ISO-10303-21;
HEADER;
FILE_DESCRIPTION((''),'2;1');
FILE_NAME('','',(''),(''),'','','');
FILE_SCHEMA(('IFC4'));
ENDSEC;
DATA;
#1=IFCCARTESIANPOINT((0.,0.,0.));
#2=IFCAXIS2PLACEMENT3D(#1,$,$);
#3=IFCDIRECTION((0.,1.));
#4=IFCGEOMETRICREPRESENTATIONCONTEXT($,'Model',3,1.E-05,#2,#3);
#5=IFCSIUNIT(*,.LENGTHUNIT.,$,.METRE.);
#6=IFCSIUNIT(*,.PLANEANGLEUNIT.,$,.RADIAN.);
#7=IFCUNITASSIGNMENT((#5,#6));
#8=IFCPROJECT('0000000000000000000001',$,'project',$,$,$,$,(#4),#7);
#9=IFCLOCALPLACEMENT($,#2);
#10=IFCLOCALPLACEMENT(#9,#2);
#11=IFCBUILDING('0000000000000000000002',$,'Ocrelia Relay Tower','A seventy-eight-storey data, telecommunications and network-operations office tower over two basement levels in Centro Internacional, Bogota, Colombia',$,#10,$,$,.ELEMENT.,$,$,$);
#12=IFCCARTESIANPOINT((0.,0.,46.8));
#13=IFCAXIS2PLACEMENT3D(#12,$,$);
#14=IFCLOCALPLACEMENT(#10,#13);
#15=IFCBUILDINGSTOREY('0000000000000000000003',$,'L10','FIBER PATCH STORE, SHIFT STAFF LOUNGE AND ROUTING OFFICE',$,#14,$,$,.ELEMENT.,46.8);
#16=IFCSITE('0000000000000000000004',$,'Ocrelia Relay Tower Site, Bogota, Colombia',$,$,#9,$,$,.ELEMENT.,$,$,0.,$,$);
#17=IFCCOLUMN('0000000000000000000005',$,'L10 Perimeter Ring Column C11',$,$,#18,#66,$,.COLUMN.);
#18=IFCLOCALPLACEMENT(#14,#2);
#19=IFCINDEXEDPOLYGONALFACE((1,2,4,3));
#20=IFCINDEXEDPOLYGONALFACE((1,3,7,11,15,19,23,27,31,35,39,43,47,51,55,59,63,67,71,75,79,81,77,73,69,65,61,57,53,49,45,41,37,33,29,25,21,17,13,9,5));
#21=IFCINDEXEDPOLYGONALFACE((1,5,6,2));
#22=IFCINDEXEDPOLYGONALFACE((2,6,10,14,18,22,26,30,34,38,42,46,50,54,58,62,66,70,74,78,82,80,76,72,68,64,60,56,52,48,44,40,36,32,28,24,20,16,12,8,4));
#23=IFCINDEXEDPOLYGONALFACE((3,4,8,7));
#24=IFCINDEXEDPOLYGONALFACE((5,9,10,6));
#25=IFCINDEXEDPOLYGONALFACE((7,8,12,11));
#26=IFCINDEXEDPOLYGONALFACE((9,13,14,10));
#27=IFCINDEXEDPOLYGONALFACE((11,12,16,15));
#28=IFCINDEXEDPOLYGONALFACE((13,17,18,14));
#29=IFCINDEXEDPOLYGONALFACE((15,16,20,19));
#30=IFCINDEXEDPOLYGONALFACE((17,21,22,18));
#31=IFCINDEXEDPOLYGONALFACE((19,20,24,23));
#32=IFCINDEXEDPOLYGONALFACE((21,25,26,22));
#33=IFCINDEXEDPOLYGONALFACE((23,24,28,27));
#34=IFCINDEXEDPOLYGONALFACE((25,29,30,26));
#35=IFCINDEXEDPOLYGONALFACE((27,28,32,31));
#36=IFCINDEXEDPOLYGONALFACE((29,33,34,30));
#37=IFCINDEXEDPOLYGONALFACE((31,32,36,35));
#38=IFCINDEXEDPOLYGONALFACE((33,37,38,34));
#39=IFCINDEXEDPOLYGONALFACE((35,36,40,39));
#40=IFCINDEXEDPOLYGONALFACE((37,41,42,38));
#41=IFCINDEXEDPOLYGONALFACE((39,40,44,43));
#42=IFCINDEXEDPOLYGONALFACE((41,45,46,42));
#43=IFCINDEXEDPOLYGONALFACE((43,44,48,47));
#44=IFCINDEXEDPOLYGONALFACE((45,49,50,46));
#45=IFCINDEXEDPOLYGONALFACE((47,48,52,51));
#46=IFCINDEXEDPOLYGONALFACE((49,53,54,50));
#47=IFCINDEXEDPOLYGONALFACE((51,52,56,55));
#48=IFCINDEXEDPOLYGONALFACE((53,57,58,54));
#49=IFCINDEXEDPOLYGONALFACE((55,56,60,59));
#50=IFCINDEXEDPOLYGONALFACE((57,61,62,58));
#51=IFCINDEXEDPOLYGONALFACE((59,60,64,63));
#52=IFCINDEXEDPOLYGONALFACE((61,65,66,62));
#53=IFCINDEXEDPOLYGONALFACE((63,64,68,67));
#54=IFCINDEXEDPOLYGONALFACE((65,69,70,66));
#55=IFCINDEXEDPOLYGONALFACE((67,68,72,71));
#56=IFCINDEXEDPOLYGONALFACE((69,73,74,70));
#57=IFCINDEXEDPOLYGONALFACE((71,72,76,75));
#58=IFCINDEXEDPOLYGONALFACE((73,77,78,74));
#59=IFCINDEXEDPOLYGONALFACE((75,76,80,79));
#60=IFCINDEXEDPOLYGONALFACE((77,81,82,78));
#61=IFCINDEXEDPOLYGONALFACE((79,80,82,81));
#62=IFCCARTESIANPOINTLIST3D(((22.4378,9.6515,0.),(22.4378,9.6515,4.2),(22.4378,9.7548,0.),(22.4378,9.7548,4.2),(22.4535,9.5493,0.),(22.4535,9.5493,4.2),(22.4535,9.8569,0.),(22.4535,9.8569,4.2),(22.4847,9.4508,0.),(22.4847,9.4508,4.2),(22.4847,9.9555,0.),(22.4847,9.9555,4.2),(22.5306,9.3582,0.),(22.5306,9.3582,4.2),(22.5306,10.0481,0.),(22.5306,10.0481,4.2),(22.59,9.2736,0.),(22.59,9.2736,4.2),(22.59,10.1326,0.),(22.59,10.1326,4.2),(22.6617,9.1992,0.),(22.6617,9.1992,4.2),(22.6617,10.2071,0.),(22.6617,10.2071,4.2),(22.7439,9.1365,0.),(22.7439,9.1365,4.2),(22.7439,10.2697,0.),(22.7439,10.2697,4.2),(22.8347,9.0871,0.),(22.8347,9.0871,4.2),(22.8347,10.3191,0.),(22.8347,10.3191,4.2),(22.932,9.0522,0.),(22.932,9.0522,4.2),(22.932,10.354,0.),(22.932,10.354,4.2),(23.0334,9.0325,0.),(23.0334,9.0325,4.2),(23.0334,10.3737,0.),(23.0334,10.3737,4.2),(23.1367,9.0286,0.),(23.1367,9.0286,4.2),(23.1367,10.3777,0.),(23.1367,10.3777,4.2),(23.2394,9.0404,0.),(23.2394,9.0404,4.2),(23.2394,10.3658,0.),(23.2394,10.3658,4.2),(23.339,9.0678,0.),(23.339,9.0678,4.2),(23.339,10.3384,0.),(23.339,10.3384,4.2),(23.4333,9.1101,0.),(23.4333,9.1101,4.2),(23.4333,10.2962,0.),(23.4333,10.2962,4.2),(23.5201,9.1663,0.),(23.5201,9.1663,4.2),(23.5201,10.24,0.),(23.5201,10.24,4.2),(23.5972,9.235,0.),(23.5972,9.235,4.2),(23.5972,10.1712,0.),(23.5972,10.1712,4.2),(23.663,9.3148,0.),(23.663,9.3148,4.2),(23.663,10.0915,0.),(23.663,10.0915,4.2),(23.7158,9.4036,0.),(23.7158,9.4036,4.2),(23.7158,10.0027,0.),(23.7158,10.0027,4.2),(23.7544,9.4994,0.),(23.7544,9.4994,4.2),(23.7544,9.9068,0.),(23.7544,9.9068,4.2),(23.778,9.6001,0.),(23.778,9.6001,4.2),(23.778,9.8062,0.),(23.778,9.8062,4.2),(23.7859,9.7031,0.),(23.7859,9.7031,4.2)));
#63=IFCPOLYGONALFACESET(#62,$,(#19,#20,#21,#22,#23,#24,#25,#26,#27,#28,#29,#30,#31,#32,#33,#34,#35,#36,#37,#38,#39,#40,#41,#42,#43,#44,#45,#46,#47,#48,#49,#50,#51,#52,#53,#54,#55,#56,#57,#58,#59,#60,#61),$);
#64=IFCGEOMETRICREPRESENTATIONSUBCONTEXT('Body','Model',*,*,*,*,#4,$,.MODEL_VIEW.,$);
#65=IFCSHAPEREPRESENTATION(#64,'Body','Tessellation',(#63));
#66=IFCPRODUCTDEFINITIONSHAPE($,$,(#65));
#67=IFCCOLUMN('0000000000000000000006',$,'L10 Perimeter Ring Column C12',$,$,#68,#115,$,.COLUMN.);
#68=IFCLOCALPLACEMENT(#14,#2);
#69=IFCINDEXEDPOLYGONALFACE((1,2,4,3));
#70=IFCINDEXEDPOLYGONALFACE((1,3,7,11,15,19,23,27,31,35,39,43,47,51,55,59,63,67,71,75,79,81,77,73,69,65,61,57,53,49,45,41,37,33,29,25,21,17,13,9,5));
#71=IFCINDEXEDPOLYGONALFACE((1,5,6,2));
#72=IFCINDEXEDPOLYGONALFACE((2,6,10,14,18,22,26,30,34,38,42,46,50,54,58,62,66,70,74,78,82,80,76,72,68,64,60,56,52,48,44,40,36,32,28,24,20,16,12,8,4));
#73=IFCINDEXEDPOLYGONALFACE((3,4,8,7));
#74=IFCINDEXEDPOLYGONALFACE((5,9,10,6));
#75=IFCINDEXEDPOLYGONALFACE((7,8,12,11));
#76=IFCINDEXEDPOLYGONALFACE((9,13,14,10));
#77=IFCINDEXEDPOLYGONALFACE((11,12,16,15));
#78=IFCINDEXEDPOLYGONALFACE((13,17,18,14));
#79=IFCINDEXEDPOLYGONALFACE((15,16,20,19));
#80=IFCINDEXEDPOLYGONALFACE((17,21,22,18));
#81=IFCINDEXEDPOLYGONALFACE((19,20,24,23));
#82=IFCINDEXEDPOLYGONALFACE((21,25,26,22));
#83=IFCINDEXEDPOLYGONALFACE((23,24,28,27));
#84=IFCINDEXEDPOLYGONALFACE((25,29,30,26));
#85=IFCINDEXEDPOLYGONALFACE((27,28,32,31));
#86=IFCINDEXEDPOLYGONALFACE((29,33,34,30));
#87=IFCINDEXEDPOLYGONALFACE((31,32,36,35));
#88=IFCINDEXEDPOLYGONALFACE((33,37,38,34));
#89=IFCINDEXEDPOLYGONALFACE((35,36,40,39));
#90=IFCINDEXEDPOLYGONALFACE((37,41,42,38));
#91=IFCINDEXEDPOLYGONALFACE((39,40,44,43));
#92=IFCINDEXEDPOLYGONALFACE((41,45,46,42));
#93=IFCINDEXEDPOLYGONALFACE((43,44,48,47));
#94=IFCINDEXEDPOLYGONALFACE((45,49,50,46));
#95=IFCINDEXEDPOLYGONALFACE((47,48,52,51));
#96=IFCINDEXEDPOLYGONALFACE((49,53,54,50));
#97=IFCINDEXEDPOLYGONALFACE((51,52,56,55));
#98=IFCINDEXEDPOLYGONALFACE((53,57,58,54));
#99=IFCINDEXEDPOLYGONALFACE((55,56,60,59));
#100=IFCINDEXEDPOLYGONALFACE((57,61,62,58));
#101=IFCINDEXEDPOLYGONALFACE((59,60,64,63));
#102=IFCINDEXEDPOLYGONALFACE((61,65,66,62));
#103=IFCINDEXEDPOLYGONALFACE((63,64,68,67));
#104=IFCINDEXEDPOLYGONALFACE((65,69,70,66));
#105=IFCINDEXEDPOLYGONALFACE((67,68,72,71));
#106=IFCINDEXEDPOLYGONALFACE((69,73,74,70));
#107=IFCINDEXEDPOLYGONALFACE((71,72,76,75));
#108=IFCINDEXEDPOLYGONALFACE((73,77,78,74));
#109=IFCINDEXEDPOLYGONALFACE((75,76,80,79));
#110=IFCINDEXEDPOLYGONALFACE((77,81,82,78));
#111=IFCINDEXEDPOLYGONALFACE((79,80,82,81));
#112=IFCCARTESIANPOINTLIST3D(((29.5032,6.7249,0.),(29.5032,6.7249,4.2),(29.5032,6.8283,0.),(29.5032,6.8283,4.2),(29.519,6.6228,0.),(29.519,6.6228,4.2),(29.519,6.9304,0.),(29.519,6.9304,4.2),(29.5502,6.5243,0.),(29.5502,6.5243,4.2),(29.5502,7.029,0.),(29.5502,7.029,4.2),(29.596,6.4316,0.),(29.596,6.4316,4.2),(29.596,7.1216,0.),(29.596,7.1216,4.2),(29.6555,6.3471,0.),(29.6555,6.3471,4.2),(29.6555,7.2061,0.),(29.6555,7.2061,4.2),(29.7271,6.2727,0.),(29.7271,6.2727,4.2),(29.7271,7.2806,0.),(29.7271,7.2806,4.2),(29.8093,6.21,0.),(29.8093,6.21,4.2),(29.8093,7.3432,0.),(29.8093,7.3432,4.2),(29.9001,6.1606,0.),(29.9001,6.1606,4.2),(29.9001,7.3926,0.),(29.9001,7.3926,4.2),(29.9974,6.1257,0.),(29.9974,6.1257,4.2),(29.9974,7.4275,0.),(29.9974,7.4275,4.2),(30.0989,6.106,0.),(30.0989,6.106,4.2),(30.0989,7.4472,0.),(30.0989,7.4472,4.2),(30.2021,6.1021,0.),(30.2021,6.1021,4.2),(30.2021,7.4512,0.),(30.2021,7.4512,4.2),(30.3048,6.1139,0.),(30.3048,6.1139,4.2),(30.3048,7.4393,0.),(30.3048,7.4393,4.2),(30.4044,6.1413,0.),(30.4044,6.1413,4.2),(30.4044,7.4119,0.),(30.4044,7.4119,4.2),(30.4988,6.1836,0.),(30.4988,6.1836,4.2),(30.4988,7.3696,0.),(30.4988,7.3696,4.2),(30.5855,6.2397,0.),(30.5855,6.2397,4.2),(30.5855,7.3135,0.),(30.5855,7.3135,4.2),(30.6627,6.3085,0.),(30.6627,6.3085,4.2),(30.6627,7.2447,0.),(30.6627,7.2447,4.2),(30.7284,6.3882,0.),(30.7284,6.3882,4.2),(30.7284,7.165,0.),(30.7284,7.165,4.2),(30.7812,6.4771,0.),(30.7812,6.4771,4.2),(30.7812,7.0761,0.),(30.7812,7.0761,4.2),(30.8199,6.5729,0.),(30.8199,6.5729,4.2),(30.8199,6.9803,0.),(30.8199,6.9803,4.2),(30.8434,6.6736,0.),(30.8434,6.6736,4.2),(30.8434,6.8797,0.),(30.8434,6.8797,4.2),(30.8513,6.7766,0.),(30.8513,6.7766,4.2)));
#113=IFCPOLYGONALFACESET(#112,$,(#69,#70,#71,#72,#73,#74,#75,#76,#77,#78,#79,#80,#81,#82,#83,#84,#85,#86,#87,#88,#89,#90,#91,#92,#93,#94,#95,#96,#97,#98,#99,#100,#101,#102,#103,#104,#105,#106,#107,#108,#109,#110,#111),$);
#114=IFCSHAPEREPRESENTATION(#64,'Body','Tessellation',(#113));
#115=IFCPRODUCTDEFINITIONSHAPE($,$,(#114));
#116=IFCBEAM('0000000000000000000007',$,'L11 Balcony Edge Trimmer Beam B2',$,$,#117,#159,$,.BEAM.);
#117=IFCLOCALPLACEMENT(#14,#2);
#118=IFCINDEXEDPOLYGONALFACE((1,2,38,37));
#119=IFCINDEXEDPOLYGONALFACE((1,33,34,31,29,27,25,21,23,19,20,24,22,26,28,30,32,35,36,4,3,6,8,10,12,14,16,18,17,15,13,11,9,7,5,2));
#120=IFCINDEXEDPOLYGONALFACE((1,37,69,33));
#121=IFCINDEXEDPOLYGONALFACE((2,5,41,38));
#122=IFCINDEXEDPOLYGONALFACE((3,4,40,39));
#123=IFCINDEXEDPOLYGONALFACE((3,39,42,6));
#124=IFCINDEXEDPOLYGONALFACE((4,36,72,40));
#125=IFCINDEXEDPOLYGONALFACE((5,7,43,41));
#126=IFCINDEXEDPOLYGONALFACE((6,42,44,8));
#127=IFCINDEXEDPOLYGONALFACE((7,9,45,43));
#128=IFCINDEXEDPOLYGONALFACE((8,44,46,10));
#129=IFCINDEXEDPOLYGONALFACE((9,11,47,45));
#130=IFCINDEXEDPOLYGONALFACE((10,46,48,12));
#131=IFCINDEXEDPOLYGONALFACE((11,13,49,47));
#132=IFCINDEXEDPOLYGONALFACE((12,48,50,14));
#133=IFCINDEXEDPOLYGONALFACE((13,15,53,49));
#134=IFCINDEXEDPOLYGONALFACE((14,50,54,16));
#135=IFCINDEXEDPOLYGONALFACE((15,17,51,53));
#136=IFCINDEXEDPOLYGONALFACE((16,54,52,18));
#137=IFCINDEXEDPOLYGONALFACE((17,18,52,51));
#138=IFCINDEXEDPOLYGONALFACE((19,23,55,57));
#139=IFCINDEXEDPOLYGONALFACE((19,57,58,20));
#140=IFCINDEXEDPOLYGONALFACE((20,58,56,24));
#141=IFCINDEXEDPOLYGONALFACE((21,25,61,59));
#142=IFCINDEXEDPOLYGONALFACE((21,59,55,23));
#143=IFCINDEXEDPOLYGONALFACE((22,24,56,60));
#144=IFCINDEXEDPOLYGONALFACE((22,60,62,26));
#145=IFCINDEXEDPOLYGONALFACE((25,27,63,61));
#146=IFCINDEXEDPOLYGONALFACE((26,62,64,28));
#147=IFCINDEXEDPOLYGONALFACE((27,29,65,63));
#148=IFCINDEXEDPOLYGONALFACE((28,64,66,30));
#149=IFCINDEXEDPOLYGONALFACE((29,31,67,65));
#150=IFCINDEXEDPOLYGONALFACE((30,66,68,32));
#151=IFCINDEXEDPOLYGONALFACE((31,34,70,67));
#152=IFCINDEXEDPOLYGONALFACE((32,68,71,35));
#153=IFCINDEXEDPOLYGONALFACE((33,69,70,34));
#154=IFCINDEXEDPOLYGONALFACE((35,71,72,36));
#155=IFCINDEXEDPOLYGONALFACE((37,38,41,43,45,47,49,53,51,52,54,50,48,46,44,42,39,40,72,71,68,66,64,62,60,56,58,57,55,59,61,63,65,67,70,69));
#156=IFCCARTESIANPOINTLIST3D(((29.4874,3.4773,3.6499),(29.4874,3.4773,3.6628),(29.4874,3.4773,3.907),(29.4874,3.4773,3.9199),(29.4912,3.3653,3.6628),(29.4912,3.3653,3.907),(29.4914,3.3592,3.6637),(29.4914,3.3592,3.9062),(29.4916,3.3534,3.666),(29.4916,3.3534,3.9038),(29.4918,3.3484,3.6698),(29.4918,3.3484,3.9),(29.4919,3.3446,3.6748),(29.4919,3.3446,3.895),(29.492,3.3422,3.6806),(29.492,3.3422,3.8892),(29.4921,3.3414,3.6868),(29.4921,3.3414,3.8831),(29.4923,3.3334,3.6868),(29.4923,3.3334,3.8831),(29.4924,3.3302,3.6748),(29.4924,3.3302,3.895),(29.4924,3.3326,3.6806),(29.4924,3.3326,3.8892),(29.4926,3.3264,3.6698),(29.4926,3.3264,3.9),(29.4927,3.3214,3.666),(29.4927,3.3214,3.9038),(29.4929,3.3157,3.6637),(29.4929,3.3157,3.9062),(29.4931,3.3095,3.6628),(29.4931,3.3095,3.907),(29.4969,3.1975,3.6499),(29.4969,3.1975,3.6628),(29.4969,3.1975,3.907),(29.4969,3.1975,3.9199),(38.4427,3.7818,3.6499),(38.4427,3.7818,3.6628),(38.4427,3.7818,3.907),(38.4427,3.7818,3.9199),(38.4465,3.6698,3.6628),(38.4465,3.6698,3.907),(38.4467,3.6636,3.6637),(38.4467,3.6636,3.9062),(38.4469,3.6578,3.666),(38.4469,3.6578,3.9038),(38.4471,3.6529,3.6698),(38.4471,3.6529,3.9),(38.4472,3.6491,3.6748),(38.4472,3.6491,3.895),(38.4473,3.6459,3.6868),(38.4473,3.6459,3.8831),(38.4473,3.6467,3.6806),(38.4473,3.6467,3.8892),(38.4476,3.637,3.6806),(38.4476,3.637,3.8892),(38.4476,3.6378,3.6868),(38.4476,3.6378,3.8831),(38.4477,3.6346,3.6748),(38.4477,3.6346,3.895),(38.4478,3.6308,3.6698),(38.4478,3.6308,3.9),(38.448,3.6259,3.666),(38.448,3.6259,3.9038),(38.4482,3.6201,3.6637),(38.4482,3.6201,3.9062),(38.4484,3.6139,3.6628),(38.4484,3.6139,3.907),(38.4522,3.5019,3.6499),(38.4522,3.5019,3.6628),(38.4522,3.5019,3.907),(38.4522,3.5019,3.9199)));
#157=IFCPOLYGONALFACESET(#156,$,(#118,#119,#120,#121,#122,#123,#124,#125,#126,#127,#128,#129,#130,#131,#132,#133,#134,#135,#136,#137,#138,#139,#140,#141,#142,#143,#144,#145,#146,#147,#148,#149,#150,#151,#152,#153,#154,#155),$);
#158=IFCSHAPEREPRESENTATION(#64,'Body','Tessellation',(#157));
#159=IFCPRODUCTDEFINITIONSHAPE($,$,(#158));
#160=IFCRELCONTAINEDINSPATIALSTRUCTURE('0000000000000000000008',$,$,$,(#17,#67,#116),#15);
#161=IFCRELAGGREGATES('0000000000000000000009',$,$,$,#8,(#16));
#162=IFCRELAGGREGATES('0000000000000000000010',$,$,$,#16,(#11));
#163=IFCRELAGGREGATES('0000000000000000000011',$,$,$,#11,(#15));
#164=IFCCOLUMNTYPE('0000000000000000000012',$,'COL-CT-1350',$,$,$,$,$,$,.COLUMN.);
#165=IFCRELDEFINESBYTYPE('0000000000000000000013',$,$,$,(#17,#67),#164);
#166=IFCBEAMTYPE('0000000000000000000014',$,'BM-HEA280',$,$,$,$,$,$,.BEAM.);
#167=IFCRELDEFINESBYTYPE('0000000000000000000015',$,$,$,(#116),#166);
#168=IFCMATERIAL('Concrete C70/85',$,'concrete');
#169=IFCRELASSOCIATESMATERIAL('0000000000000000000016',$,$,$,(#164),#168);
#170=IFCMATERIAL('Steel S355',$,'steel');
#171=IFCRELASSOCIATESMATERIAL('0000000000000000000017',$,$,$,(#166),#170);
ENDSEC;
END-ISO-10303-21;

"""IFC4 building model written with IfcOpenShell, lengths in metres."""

from ifc_helpers import new_model, si_unit, direction, frame, origin, origin_2d, place, context, subcontext, project, spatial, circle, i_section, extrude, material, material_profile, profile_set, type_object, element, save


model = new_model("IFC4")

# Units and contexts
model_context = context("Model", 3, precision=1e-05, world=origin(), true_north=direction((0.0, 1.0)))
body_context = subcontext(model_context, "Body", "Model", "MODEL_VIEW")
ifc_project = project(units=[si_unit("LENGTHUNIT", "METRE"), si_unit("PLANEANGLEUNIT", "RADIAN")], contexts=[model_context])

# Site, building, storey
site_placement = place(None, origin())
site = spatial("IfcSite", under=ifc_project, at=site_placement, Name="Ocrelia Relay Tower Site, Bogota, Colombia", CompositionType="ELEMENT", RefElevation=0.0)
building_placement = place(site_placement, origin())
building = spatial("IfcBuilding", under=site, at=building_placement, Name="Ocrelia Relay Tower", Description="A seventy-eight-storey data, telecommunications and network-operations office tower over two basement levels in Centro Internacional, Bogota, Colombia", CompositionType="ELEMENT")
storey_placement = place(building_placement, frame((0.0, 0.0, 46.8)))
storey = spatial("IfcBuildingStorey", under=building, at=storey_placement, Name="L10", Description="FIBER PATCH STORE, SHIFT STAFF LOUNGE AND ROUTING OFFICE", CompositionType="ELEMENT", Elevation=46.8)

# Columns
ifc_material_1 = material(Name="Concrete C70/85", Category="concrete")
ifc_material_profile_1 = material_profile(ifc_material_1, circle(Radius=0.675, at=origin_2d()), Name="RC-CIR-1350")
ifc_profile_set_1 = profile_set([ifc_material_profile_1], Name="Concrete C70/85")
column_type = type_object("IfcColumnType", Name="COL-CT-1350", PredefinedType="COLUMN", material=ifc_profile_set_1)
for number, where, z_axis, x_axis, name in (
    (1, (23.1108, 9.7031, 0.0), (0.0, 0.0, 1.0), (1.0, 0.0, 0.0), "L10 Perimeter Ring Column C11"),
    (2, (30.1763, 6.7766, 0.0), (0.0, 0.0, 1.0), (1.0, 0.0, 0.0), "L10 Perimeter Ring Column C12"),
):
    element("IfcColumn", number, at=place(storey_placement, frame(where, z_axis=z_axis, x_axis=x_axis)), inside=storey, type_object=column_type, Name=name, PredefinedType="COLUMN", context=body_context, shape_type="SweptSolid", body=[
        extrude(circle(Radius=0.675, at=origin_2d()), origin(), (0.0, 0.0, 1.0), 4.2),
    ])

# Beam
ifc_material_2 = material(Name="Steel S355", Category="steel")
ifc_material_profile_2 = material_profile(ifc_material_2, i_section(OverallWidth=0.28, OverallDepth=0.27, WebThickness=0.0081, FlangeThickness=0.0129, FilletRadius=0.0239, at=origin_2d()), Name="HEA 280")
ifc_profile_set_2 = profile_set([ifc_material_profile_2], Name="Steel S355")
beam_type_1 = type_object("IfcBeamType", Name="BM-HEA280", PredefinedType="BEAM", material=ifc_profile_set_2)
beam_1_placement = place(storey_placement, frame((29.4922, 3.3374, 3.7849), z_axis=(0.999423, 0.033976, 0.0), x_axis=(-0.033976, 0.999423, 0.0)))
element("IfcBeam", 3, at=beam_1_placement, inside=storey, type_object=beam_type_1, Name="L11 Balcony Edge Trimmer Beam B2", PredefinedType="BEAM", context=body_context, shape_type="SweptSolid", body=[
    extrude(i_section(OverallWidth=0.28, OverallDepth=0.27, WebThickness=0.0081, FlangeThickness=0.0129, FilletRadius=0.0239, at=origin_2d()), origin(), (0.0, 0.0, 1.0), 8.9604),
])

save(model, "model.ifc")
